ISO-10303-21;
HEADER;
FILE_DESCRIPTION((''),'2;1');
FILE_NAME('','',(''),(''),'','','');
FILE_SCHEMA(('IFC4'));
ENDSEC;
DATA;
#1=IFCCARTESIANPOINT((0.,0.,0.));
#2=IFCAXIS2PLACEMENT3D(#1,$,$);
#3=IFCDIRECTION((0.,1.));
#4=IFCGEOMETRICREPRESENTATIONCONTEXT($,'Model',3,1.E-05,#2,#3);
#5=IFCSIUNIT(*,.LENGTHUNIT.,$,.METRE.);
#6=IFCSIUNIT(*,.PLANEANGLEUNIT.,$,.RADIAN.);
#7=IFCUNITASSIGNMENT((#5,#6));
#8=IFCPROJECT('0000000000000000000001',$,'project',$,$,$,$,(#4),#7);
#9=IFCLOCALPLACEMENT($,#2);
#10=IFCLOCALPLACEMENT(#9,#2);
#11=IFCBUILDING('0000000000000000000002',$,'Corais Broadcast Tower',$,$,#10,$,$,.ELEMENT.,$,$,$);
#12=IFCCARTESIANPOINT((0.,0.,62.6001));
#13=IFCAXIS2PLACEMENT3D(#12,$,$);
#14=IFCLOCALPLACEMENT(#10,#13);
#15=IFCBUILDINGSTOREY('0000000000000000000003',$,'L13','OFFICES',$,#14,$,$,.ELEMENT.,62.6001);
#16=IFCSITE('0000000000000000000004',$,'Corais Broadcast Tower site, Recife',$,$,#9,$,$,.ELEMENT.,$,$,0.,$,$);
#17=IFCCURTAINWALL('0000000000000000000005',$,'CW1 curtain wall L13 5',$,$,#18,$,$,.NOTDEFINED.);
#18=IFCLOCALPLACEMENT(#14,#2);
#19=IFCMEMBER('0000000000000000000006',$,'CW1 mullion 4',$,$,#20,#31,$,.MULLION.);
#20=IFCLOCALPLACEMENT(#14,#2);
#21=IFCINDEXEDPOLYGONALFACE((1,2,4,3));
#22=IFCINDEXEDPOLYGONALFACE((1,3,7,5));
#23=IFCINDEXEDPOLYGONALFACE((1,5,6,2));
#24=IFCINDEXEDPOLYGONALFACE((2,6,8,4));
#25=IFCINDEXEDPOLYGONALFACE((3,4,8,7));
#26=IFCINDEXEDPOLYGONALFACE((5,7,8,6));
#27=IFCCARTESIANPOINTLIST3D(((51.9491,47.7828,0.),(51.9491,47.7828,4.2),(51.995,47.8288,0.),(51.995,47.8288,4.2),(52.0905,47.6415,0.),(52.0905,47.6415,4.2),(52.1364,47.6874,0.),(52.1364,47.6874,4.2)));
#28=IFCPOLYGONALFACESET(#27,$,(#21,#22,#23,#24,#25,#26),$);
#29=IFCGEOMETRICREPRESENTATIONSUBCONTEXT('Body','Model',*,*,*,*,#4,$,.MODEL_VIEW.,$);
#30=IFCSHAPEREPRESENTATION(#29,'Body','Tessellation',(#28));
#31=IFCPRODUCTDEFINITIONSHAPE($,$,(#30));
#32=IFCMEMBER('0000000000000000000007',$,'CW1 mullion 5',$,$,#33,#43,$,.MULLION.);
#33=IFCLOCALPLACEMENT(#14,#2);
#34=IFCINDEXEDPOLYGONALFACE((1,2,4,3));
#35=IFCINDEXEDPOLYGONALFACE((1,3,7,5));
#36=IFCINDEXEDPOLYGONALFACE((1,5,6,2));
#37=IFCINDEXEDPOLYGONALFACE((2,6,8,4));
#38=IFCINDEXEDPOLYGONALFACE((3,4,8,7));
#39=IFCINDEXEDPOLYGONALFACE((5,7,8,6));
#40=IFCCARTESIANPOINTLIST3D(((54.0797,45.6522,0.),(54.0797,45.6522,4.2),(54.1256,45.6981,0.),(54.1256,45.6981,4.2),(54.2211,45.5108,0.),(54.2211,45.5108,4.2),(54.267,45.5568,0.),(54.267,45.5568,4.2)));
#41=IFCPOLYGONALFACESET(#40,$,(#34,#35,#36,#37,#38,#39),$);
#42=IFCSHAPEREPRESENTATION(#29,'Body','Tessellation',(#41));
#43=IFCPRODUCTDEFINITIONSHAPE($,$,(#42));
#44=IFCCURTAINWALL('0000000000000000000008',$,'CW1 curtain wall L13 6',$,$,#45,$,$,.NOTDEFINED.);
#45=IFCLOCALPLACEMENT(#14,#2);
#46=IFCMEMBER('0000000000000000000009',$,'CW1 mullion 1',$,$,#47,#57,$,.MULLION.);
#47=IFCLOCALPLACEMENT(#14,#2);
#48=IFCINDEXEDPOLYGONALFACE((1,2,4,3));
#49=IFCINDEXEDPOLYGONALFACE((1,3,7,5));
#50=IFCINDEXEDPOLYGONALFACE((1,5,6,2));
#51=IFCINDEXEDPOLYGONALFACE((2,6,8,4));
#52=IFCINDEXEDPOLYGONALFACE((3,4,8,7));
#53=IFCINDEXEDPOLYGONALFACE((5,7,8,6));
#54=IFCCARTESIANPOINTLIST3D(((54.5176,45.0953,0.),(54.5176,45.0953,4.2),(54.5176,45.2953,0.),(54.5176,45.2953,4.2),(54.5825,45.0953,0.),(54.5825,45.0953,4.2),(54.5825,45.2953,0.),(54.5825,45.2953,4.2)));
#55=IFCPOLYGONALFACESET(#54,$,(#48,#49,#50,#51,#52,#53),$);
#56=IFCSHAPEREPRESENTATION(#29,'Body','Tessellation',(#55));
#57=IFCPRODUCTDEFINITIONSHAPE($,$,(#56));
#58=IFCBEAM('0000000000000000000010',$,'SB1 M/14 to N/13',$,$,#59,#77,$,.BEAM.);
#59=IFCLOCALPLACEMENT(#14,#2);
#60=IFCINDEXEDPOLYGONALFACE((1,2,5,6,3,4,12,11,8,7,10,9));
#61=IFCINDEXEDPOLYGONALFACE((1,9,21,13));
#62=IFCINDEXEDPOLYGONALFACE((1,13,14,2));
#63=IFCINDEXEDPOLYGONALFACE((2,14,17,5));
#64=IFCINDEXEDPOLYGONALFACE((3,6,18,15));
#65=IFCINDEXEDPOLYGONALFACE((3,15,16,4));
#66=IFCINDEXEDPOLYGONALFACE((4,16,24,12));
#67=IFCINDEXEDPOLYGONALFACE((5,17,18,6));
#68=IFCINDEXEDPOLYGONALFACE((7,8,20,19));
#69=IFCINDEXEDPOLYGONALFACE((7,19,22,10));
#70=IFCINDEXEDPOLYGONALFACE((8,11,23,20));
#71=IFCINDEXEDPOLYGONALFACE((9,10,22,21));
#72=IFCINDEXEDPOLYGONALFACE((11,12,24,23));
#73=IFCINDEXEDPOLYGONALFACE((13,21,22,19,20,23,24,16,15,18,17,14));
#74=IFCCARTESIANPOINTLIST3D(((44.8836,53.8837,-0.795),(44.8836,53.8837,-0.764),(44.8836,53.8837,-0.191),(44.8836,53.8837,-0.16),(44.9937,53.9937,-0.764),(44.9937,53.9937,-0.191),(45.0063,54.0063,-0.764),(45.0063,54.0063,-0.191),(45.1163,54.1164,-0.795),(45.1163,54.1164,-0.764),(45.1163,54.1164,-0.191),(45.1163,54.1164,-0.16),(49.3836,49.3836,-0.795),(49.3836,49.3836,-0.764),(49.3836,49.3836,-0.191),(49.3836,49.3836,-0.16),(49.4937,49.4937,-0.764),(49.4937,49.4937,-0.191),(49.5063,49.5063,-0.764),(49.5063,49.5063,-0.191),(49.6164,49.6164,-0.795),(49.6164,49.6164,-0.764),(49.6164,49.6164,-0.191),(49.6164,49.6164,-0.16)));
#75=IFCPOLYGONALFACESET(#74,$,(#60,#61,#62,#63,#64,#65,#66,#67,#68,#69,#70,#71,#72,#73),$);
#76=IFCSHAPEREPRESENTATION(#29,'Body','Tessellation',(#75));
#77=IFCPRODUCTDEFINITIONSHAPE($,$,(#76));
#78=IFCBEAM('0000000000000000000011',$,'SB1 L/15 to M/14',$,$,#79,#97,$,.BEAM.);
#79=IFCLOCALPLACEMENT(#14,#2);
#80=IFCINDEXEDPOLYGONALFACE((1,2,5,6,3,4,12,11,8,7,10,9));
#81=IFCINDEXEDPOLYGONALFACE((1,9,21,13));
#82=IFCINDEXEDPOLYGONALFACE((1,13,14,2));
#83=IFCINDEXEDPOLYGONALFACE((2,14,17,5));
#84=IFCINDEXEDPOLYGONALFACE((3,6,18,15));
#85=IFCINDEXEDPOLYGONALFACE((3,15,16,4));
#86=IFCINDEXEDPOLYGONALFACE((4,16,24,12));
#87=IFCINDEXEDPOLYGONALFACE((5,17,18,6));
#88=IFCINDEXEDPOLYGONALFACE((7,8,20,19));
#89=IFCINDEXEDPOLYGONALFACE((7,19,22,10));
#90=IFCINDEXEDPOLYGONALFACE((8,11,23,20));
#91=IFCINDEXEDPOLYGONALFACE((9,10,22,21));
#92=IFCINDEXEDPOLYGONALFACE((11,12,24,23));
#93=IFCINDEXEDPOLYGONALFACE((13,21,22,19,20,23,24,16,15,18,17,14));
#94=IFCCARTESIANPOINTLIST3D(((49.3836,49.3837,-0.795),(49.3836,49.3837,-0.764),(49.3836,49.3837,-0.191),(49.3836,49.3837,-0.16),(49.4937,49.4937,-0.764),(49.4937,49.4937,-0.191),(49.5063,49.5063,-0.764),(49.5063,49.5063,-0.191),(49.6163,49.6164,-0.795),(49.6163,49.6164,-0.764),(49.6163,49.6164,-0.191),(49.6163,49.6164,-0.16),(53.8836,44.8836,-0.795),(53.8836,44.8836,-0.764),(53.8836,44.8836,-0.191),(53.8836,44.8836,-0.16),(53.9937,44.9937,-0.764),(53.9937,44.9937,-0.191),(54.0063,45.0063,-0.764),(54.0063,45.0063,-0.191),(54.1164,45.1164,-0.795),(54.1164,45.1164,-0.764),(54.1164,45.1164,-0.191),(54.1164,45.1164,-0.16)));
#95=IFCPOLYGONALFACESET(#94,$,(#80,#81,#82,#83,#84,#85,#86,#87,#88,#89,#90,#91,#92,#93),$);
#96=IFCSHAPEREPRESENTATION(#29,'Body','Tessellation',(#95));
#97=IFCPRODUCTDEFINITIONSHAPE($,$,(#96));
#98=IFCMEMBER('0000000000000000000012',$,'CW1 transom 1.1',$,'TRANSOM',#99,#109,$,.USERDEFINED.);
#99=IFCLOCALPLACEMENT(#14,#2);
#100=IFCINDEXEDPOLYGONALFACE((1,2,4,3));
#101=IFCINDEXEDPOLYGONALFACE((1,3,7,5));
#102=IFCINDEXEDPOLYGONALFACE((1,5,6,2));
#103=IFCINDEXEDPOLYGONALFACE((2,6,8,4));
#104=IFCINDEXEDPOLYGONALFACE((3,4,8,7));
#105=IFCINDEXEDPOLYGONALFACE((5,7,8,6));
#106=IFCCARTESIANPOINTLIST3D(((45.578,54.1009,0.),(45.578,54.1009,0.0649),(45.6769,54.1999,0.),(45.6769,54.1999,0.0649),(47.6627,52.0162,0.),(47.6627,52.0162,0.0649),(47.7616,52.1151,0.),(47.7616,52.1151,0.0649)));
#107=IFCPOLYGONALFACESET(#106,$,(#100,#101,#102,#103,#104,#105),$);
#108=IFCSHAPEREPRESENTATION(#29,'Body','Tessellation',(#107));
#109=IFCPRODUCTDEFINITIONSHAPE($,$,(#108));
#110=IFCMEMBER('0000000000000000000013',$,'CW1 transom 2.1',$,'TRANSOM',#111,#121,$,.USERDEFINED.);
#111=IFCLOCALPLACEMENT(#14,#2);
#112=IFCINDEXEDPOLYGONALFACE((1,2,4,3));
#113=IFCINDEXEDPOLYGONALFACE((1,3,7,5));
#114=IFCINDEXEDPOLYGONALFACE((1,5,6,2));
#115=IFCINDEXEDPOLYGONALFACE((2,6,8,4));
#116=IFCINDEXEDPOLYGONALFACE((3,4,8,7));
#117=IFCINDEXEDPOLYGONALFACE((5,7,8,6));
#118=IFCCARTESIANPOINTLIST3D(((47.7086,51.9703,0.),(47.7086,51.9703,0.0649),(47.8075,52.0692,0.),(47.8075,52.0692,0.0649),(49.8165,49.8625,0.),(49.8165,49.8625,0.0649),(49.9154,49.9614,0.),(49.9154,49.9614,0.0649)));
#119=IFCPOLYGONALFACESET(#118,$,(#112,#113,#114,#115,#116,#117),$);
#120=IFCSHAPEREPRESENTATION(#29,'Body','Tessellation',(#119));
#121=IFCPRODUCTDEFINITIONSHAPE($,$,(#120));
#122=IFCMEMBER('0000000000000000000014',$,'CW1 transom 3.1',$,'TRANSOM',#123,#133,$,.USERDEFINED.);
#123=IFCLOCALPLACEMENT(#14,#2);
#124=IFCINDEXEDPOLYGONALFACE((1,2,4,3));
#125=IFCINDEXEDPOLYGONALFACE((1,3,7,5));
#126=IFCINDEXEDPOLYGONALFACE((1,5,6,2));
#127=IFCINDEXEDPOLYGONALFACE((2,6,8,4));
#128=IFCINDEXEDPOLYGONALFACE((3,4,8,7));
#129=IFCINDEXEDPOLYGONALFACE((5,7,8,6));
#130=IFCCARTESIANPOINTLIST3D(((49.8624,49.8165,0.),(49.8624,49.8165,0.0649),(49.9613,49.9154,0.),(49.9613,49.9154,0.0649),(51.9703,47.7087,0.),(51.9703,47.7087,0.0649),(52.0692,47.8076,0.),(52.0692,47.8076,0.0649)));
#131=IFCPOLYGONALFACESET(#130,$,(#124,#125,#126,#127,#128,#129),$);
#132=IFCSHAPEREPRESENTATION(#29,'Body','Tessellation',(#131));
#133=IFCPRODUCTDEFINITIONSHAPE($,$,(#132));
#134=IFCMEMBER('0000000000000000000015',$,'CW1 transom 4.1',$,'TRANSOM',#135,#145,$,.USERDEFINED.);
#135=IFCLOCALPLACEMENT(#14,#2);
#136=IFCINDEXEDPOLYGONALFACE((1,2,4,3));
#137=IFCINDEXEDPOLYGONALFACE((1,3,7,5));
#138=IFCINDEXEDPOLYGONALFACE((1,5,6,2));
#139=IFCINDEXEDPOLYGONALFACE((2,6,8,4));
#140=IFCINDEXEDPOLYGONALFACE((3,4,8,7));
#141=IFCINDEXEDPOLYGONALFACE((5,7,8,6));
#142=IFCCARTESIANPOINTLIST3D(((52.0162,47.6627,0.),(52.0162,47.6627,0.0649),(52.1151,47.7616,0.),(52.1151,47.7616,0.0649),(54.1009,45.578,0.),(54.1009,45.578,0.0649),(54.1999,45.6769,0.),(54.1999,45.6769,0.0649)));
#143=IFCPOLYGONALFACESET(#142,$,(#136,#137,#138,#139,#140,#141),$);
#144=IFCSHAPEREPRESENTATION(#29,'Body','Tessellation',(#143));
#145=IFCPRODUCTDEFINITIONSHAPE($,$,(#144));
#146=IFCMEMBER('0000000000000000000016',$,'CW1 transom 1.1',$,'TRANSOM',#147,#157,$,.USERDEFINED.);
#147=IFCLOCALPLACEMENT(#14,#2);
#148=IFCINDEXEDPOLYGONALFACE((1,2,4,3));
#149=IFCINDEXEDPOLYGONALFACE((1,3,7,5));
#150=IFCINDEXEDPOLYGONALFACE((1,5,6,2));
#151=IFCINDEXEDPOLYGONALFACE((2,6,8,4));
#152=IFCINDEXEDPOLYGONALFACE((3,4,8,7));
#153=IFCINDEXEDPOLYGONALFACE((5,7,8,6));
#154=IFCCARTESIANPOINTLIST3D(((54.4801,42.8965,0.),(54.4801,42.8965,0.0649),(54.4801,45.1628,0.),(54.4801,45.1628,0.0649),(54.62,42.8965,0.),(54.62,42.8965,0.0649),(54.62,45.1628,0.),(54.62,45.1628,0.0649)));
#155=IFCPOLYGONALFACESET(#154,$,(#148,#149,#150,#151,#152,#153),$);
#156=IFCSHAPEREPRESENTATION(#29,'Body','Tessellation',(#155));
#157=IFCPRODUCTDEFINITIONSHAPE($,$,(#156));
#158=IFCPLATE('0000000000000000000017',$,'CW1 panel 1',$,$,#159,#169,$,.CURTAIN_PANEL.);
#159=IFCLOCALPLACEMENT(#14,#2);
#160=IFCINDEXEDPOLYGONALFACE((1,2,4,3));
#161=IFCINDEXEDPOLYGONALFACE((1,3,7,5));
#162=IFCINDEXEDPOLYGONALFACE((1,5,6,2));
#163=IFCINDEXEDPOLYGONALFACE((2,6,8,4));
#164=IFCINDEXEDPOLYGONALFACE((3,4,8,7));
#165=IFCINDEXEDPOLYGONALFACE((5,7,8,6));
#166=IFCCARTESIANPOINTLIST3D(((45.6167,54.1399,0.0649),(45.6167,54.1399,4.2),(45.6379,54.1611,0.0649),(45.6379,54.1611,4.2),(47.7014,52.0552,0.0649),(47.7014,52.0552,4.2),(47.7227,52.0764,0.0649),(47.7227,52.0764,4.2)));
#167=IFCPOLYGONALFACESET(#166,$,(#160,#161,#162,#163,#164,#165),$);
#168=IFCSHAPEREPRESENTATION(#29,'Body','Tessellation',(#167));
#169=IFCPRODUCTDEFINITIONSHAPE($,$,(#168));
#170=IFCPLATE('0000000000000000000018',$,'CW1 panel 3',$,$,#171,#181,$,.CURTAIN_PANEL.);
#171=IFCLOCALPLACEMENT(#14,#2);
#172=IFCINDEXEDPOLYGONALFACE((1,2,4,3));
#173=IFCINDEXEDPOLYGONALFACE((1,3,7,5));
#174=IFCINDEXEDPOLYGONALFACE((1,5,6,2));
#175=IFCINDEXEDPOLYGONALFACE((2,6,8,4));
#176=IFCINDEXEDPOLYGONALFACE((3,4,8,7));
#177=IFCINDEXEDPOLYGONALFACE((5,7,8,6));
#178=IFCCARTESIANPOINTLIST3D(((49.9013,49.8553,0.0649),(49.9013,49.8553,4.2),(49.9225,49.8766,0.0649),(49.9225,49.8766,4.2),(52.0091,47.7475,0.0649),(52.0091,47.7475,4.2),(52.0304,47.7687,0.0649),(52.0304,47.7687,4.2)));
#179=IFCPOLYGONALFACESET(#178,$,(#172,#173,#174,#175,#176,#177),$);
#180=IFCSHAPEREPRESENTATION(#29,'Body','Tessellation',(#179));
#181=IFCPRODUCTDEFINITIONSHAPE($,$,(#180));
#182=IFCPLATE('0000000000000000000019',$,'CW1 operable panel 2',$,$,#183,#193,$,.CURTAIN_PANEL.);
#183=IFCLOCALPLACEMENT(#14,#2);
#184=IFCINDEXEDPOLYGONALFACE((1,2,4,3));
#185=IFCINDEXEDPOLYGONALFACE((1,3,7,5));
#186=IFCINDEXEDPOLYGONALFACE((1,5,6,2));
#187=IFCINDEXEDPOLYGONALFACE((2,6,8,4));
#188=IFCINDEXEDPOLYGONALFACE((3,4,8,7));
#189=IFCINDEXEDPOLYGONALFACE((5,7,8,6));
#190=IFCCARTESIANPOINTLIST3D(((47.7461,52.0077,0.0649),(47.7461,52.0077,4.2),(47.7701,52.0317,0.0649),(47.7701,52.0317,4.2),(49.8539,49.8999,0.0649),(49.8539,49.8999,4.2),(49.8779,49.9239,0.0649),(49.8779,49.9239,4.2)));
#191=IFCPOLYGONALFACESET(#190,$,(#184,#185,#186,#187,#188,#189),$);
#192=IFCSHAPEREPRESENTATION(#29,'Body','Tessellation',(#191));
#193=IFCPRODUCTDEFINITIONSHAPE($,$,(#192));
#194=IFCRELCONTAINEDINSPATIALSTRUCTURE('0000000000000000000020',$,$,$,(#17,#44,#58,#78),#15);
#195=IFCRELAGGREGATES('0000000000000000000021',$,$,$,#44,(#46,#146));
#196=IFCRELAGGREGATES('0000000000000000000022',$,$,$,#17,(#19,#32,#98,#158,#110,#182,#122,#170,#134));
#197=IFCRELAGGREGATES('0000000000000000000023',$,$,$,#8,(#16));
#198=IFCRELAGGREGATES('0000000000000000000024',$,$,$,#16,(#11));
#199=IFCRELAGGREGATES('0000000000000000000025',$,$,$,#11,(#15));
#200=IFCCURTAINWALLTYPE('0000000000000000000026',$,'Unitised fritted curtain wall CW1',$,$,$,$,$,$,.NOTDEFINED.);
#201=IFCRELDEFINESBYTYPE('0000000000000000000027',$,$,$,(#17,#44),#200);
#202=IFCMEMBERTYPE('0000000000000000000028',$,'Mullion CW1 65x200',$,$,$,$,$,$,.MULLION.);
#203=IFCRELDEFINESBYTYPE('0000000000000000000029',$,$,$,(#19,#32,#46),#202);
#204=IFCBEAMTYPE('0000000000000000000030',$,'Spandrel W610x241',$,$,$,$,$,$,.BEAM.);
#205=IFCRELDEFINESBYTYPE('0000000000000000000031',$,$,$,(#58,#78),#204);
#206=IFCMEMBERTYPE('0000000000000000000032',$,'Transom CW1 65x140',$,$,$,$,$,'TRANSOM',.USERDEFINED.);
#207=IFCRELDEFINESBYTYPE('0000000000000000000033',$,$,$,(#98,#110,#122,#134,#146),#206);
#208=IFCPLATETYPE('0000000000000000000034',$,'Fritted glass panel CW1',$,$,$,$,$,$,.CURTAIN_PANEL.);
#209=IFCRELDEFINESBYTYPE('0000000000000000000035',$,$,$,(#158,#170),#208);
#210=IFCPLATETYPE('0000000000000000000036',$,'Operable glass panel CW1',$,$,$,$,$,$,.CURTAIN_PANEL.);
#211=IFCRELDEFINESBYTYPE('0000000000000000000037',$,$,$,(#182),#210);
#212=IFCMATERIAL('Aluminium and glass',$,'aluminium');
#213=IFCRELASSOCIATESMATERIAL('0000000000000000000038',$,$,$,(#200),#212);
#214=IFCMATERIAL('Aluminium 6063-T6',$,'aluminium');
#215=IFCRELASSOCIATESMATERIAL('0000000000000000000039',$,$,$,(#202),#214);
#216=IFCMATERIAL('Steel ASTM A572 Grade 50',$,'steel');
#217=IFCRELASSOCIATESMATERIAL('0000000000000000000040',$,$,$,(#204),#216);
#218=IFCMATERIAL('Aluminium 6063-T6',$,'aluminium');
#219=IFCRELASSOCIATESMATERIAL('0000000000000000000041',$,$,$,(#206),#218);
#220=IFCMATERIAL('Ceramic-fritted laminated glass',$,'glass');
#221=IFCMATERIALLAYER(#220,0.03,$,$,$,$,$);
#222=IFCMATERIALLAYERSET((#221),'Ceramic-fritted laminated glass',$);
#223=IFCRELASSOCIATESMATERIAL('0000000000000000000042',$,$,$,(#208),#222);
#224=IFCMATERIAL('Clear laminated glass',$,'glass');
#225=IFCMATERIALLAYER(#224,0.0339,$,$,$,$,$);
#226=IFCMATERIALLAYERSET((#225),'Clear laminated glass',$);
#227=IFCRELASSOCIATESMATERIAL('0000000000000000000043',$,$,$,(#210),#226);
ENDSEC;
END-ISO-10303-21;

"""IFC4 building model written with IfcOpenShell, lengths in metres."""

from ifc_helpers import new_model, si_unit, direction, frame, origin, origin_2d, place, context, subcontext, project, spatial, rectangle, i_section, extrude, material, layer, layer_set, material_profile, profile_set, type_object, element, aggregate, save


model = new_model("IFC4")

# Units and contexts
model_context = context("Model", 3, precision=1e-05, world=origin(), true_north=direction((0.0, 1.0)))
body_context = subcontext(model_context, "Body", "Model", "MODEL_VIEW")
ifc_project = project(units=[si_unit("LENGTHUNIT", "METRE"), si_unit("PLANEANGLEUNIT", "RADIAN")], contexts=[model_context])

# Site, building, storey
site_placement = place(None, origin())
site = spatial("IfcSite", under=ifc_project, at=site_placement, Name="Corais Broadcast Tower site, Recife", CompositionType="ELEMENT", RefElevation=0.0)
building_placement = place(site_placement, origin())
building = spatial("IfcBuilding", under=site, at=building_placement, Name="Corais Broadcast Tower", CompositionType="ELEMENT")
storey_placement = place(building_placement, frame((0.0, 0.0, 62.6001)))
storey = spatial("IfcBuildingStorey", under=building, at=storey_placement, Name="L13", Description="OFFICES", CompositionType="ELEMENT", Elevation=62.6001)

# Shared definitions
ifc_material_1 = material(Name="Aluminium and glass", Category="aluminium")
curtain_wall_type = type_object("IfcCurtainWallType", Name="Unitised fritted curtain wall CW1", PredefinedType="NOTDEFINED", material=ifc_material_1)
ifc_material_2 = material(Name="Aluminium 6063-T6", Category="aluminium")
ifc_material_profile_1 = material_profile(ifc_material_2, rectangle(XDim=0.0649, YDim=0.2, at=origin_2d()), Name="Mullion CW1 65x200")
ifc_profile_set_1 = profile_set([ifc_material_profile_1], Name="Aluminium 6063-T6")
member_type_1 = type_object("IfcMemberType", Name="Mullion CW1 65x200", PredefinedType="MULLION", material=ifc_profile_set_1)

# Curtain wall, members
curtain_wall_1_placement = place(storey_placement, origin())
curtain_wall_1 = element("IfcCurtainWall", 1, at=curtain_wall_1_placement, inside=storey, type_object=curtain_wall_type, Name="CW1 curtain wall L13 5", PredefinedType="NOTDEFINED")
member_1_placement = place(storey_placement, frame((52.0427, 47.7351, 0.0), z_axis=(0.0, 0.0, 1.0), x_axis=(0.707107, 0.707107, 0.0)))
member_1 = element("IfcMember", 2, at=member_1_placement, type_object=member_type_1, Name="CW1 mullion 4", PredefinedType="MULLION", context=body_context, shape_type="SweptSolid", body=[
    extrude(rectangle(XDim=0.0649, YDim=0.2, at=origin_2d()), origin(), (0.0, 0.0, 1.0), 4.2),
])
member_2_placement = place(storey_placement, frame((54.1733, 45.6045, 0.0), z_axis=(0.0, 0.0, 1.0), x_axis=(0.707107, 0.707107, 0.0)))
member_2 = element("IfcMember", 3, at=member_2_placement, type_object=member_type_1, Name="CW1 mullion 5", PredefinedType="MULLION", context=body_context, shape_type="SweptSolid", body=[
    extrude(rectangle(XDim=0.0649, YDim=0.2, at=origin_2d()), origin(), (0.0, 0.0, 1.0), 4.2),
])

# Curtain wall, member
curtain_wall_2_placement = place(storey_placement, origin())
curtain_wall_2 = element("IfcCurtainWall", 4, at=curtain_wall_2_placement, inside=storey, type_object=curtain_wall_type, Name="CW1 curtain wall L13 6", PredefinedType="NOTDEFINED")
member_3_placement = place(storey_placement, frame((54.55, 45.1953, 0.0), z_axis=(0.0, 0.0, 1.0), x_axis=(1.0, 0.0, 0.0)))
member_3 = element("IfcMember", 5, at=member_3_placement, type_object=member_type_1, Name="CW1 mullion 1", PredefinedType="MULLION", context=body_context, shape_type="SweptSolid", body=[
    extrude(rectangle(XDim=0.0649, YDim=0.2, at=origin_2d()), origin(), (0.0, 0.0, 1.0), 4.2),
])

# Beams
ifc_material_3 = material(Name="Steel ASTM A572 Grade 50", Category="steel")
ifc_material_profile_2 = material_profile(ifc_material_3, i_section(OverallWidth=0.3291, OverallDepth=0.635, WebThickness=0.0178, FlangeThickness=0.031, at=origin_2d()), Name="W610x241")
ifc_profile_set_2 = profile_set([ifc_material_profile_2], Name="Steel ASTM A572 Grade 50")
beam_type_1 = type_object("IfcBeamType", Name="Spandrel W610x241", PredefinedType="BEAM", material=ifc_profile_set_2)
for number, where, z_axis, x_axis, name in (
    (6, (49.5, 49.5, -0.4775), (-0.707107, 0.707107, 0.0), (-0.707107, -0.707107, 0.0), "SB1 M/14 to N/13"),
    (7, (54.0, 45.0, -0.4775), (-0.707107, 0.707107, 0.0), (-0.707107, -0.707107, 0.0), "SB1 L/15 to M/14"),
):
    element("IfcBeam", number, at=place(storey_placement, frame(where, z_axis=z_axis, x_axis=x_axis)), inside=storey, type_object=beam_type_1, Name=name, PredefinedType="BEAM", context=body_context, shape_type="SweptSolid", body=[
        extrude(i_section(OverallWidth=0.3291, OverallDepth=0.635, WebThickness=0.0178, FlangeThickness=0.031, at=origin_2d()), origin(), (0.0, 0.0, 1.0), 6.364),
    ])

# Members
ifc_material_4 = material(Name="Aluminium 6063-T6", Category="aluminium")
ifc_material_profile_3 = material_profile(ifc_material_4, rectangle(XDim=0.1399, YDim=0.0649, at=origin_2d()), Name="Transom CW1 65x140")
ifc_profile_set_3 = profile_set([ifc_material_profile_3], Name="Aluminium 6063-T6")
member_type_2 = type_object("IfcMemberType", Name="Transom CW1 65x140", ElementType="TRANSOM", PredefinedType="USERDEFINED", material=ifc_profile_set_3)
member_4_placement = place(storey_placement, frame((45.6274, 54.1504, 0.0325), z_axis=(0.707107, -0.707107, 0.0), x_axis=(0.707107, 0.707107, 0.0)))
member_4 = element("IfcMember", 8, at=member_4_placement, type_object=member_type_2, Name="CW1 transom 1.1", ObjectType="TRANSOM", PredefinedType="USERDEFINED", context=body_context, shape_type="SweptSolid", body=[
    extrude(rectangle(XDim=0.1399, YDim=0.0649, at=origin_2d()), origin(), (0.0, 0.0, 1.0), 2.9482),
])
member_5_placement = place(storey_placement, frame((47.7581, 52.0198, 0.0325), z_axis=(0.707107, -0.707107, 0.0), x_axis=(0.707107, 0.707107, 0.0)))
member_5 = element("IfcMember", 9, at=member_5_placement, type_object=member_type_2, Name="CW1 transom 2.1", ObjectType="TRANSOM", PredefinedType="USERDEFINED", context=body_context, shape_type="SweptSolid", body=[
    extrude(rectangle(XDim=0.1399, YDim=0.0649, at=origin_2d()), origin(), (0.0, 0.0, 1.0), 2.981),
])
member_6_placement = place(storey_placement, frame((49.9119, 49.866, 0.0325), z_axis=(0.707107, -0.707107, 0.0), x_axis=(0.707107, 0.707107, 0.0)))
member_6 = element("IfcMember", 10, at=member_6_placement, type_object=member_type_2, Name="CW1 transom 3.1", ObjectType="TRANSOM", PredefinedType="USERDEFINED", context=body_context, shape_type="SweptSolid", body=[
    extrude(rectangle(XDim=0.1399, YDim=0.0649, at=origin_2d()), origin(), (0.0, 0.0, 1.0), 2.981),
])
member_7_placement = place(storey_placement, frame((52.0657, 47.7122, 0.0325), z_axis=(0.707107, -0.707107, 0.0), x_axis=(0.707107, 0.707107, 0.0)))
member_7 = element("IfcMember", 11, at=member_7_placement, type_object=member_type_2, Name="CW1 transom 4.1", ObjectType="TRANSOM", PredefinedType="USERDEFINED", context=body_context, shape_type="SweptSolid", body=[
    extrude(rectangle(XDim=0.1399, YDim=0.0649, at=origin_2d()), origin(), (0.0, 0.0, 1.0), 2.9482),
])
member_8_placement = place(storey_placement, frame((54.55, 45.1628, 0.0325), z_axis=(0.0, -1.0, 0.0), x_axis=(1.0, 0.0, 0.0)))
member_8 = element("IfcMember", 12, at=member_8_placement, type_object=member_type_2, Name="CW1 transom 1.1", ObjectType="TRANSOM", PredefinedType="USERDEFINED", context=body_context, shape_type="SweptSolid", body=[
    extrude(rectangle(XDim=0.1399, YDim=0.0649, at=origin_2d()), origin(), (0.0, 0.0, 1.0), 2.2664),
])
aggregate(curtain_wall_2, [member_3, member_8])

# Plates
ifc_material_5 = material(Name="Ceramic-fritted laminated glass", Category="glass")
ifc_layer_1 = layer(ifc_material_5, 0.03)
ifc_layer_set_1 = layer_set([ifc_layer_1], Name="Ceramic-fritted laminated glass")
plate_type_1 = type_object("IfcPlateType", Name="Fritted glass panel CW1", PredefinedType="CURTAIN_PANEL", material=ifc_layer_set_1)
plate_1_placement = place(storey_placement, frame((46.6697, 53.1082, 0.0649), z_axis=(0.0, 0.0, 1.0), x_axis=(0.707107, -0.707107, 0.0)))
plate_1 = element("IfcPlate", 13, at=plate_1_placement, type_object=plate_type_1, Name="CW1 panel 1", PredefinedType="CURTAIN_PANEL", context=body_context, shape_type="SweptSolid", body=[
    extrude(rectangle(XDim=2.9482, YDim=0.03, at=origin_2d()), origin(), (0.0, 0.0, 1.0), 4.135),
])
plate_2_placement = place(storey_placement, frame((50.9658, 48.812, 0.0649), z_axis=(0.0, 0.0, 1.0), x_axis=(0.707107, -0.707107, 0.0)))
plate_2 = element("IfcPlate", 14, at=plate_2_placement, type_object=plate_type_1, Name="CW1 panel 3", PredefinedType="CURTAIN_PANEL", context=body_context, shape_type="SweptSolid", body=[
    extrude(rectangle(XDim=2.981, YDim=0.03, at=origin_2d()), origin(), (0.0, 0.0, 1.0), 4.135),
])
ifc_material_6 = material(Name="Clear laminated glass", Category="glass")
ifc_layer_2 = layer(ifc_material_6, 0.0339)
ifc_layer_set_2 = layer_set([ifc_layer_2], Name="Clear laminated glass")
plate_type_2 = type_object("IfcPlateType", Name="Operable glass panel CW1", PredefinedType="CURTAIN_PANEL", material=ifc_layer_set_2)
plate_3_placement = place(storey_placement, frame((48.812, 50.9658, 0.0649), z_axis=(0.0, 0.0, 1.0), x_axis=(0.707107, -0.707107, 0.0)))
plate_3 = element("IfcPlate", 15, at=plate_3_placement, type_object=plate_type_2, Name="CW1 operable panel 2", PredefinedType="CURTAIN_PANEL", context=body_context, shape_type="SweptSolid", body=[
    extrude(rectangle(XDim=2.981, YDim=0.0339, at=origin_2d()), origin(), (0.0, 0.0, 1.0), 4.135),
])
aggregate(curtain_wall_1, [member_1, member_2, member_4, plate_1, member_5, plate_3, member_6, plate_2, member_7])

save(model, "model.ifc")
